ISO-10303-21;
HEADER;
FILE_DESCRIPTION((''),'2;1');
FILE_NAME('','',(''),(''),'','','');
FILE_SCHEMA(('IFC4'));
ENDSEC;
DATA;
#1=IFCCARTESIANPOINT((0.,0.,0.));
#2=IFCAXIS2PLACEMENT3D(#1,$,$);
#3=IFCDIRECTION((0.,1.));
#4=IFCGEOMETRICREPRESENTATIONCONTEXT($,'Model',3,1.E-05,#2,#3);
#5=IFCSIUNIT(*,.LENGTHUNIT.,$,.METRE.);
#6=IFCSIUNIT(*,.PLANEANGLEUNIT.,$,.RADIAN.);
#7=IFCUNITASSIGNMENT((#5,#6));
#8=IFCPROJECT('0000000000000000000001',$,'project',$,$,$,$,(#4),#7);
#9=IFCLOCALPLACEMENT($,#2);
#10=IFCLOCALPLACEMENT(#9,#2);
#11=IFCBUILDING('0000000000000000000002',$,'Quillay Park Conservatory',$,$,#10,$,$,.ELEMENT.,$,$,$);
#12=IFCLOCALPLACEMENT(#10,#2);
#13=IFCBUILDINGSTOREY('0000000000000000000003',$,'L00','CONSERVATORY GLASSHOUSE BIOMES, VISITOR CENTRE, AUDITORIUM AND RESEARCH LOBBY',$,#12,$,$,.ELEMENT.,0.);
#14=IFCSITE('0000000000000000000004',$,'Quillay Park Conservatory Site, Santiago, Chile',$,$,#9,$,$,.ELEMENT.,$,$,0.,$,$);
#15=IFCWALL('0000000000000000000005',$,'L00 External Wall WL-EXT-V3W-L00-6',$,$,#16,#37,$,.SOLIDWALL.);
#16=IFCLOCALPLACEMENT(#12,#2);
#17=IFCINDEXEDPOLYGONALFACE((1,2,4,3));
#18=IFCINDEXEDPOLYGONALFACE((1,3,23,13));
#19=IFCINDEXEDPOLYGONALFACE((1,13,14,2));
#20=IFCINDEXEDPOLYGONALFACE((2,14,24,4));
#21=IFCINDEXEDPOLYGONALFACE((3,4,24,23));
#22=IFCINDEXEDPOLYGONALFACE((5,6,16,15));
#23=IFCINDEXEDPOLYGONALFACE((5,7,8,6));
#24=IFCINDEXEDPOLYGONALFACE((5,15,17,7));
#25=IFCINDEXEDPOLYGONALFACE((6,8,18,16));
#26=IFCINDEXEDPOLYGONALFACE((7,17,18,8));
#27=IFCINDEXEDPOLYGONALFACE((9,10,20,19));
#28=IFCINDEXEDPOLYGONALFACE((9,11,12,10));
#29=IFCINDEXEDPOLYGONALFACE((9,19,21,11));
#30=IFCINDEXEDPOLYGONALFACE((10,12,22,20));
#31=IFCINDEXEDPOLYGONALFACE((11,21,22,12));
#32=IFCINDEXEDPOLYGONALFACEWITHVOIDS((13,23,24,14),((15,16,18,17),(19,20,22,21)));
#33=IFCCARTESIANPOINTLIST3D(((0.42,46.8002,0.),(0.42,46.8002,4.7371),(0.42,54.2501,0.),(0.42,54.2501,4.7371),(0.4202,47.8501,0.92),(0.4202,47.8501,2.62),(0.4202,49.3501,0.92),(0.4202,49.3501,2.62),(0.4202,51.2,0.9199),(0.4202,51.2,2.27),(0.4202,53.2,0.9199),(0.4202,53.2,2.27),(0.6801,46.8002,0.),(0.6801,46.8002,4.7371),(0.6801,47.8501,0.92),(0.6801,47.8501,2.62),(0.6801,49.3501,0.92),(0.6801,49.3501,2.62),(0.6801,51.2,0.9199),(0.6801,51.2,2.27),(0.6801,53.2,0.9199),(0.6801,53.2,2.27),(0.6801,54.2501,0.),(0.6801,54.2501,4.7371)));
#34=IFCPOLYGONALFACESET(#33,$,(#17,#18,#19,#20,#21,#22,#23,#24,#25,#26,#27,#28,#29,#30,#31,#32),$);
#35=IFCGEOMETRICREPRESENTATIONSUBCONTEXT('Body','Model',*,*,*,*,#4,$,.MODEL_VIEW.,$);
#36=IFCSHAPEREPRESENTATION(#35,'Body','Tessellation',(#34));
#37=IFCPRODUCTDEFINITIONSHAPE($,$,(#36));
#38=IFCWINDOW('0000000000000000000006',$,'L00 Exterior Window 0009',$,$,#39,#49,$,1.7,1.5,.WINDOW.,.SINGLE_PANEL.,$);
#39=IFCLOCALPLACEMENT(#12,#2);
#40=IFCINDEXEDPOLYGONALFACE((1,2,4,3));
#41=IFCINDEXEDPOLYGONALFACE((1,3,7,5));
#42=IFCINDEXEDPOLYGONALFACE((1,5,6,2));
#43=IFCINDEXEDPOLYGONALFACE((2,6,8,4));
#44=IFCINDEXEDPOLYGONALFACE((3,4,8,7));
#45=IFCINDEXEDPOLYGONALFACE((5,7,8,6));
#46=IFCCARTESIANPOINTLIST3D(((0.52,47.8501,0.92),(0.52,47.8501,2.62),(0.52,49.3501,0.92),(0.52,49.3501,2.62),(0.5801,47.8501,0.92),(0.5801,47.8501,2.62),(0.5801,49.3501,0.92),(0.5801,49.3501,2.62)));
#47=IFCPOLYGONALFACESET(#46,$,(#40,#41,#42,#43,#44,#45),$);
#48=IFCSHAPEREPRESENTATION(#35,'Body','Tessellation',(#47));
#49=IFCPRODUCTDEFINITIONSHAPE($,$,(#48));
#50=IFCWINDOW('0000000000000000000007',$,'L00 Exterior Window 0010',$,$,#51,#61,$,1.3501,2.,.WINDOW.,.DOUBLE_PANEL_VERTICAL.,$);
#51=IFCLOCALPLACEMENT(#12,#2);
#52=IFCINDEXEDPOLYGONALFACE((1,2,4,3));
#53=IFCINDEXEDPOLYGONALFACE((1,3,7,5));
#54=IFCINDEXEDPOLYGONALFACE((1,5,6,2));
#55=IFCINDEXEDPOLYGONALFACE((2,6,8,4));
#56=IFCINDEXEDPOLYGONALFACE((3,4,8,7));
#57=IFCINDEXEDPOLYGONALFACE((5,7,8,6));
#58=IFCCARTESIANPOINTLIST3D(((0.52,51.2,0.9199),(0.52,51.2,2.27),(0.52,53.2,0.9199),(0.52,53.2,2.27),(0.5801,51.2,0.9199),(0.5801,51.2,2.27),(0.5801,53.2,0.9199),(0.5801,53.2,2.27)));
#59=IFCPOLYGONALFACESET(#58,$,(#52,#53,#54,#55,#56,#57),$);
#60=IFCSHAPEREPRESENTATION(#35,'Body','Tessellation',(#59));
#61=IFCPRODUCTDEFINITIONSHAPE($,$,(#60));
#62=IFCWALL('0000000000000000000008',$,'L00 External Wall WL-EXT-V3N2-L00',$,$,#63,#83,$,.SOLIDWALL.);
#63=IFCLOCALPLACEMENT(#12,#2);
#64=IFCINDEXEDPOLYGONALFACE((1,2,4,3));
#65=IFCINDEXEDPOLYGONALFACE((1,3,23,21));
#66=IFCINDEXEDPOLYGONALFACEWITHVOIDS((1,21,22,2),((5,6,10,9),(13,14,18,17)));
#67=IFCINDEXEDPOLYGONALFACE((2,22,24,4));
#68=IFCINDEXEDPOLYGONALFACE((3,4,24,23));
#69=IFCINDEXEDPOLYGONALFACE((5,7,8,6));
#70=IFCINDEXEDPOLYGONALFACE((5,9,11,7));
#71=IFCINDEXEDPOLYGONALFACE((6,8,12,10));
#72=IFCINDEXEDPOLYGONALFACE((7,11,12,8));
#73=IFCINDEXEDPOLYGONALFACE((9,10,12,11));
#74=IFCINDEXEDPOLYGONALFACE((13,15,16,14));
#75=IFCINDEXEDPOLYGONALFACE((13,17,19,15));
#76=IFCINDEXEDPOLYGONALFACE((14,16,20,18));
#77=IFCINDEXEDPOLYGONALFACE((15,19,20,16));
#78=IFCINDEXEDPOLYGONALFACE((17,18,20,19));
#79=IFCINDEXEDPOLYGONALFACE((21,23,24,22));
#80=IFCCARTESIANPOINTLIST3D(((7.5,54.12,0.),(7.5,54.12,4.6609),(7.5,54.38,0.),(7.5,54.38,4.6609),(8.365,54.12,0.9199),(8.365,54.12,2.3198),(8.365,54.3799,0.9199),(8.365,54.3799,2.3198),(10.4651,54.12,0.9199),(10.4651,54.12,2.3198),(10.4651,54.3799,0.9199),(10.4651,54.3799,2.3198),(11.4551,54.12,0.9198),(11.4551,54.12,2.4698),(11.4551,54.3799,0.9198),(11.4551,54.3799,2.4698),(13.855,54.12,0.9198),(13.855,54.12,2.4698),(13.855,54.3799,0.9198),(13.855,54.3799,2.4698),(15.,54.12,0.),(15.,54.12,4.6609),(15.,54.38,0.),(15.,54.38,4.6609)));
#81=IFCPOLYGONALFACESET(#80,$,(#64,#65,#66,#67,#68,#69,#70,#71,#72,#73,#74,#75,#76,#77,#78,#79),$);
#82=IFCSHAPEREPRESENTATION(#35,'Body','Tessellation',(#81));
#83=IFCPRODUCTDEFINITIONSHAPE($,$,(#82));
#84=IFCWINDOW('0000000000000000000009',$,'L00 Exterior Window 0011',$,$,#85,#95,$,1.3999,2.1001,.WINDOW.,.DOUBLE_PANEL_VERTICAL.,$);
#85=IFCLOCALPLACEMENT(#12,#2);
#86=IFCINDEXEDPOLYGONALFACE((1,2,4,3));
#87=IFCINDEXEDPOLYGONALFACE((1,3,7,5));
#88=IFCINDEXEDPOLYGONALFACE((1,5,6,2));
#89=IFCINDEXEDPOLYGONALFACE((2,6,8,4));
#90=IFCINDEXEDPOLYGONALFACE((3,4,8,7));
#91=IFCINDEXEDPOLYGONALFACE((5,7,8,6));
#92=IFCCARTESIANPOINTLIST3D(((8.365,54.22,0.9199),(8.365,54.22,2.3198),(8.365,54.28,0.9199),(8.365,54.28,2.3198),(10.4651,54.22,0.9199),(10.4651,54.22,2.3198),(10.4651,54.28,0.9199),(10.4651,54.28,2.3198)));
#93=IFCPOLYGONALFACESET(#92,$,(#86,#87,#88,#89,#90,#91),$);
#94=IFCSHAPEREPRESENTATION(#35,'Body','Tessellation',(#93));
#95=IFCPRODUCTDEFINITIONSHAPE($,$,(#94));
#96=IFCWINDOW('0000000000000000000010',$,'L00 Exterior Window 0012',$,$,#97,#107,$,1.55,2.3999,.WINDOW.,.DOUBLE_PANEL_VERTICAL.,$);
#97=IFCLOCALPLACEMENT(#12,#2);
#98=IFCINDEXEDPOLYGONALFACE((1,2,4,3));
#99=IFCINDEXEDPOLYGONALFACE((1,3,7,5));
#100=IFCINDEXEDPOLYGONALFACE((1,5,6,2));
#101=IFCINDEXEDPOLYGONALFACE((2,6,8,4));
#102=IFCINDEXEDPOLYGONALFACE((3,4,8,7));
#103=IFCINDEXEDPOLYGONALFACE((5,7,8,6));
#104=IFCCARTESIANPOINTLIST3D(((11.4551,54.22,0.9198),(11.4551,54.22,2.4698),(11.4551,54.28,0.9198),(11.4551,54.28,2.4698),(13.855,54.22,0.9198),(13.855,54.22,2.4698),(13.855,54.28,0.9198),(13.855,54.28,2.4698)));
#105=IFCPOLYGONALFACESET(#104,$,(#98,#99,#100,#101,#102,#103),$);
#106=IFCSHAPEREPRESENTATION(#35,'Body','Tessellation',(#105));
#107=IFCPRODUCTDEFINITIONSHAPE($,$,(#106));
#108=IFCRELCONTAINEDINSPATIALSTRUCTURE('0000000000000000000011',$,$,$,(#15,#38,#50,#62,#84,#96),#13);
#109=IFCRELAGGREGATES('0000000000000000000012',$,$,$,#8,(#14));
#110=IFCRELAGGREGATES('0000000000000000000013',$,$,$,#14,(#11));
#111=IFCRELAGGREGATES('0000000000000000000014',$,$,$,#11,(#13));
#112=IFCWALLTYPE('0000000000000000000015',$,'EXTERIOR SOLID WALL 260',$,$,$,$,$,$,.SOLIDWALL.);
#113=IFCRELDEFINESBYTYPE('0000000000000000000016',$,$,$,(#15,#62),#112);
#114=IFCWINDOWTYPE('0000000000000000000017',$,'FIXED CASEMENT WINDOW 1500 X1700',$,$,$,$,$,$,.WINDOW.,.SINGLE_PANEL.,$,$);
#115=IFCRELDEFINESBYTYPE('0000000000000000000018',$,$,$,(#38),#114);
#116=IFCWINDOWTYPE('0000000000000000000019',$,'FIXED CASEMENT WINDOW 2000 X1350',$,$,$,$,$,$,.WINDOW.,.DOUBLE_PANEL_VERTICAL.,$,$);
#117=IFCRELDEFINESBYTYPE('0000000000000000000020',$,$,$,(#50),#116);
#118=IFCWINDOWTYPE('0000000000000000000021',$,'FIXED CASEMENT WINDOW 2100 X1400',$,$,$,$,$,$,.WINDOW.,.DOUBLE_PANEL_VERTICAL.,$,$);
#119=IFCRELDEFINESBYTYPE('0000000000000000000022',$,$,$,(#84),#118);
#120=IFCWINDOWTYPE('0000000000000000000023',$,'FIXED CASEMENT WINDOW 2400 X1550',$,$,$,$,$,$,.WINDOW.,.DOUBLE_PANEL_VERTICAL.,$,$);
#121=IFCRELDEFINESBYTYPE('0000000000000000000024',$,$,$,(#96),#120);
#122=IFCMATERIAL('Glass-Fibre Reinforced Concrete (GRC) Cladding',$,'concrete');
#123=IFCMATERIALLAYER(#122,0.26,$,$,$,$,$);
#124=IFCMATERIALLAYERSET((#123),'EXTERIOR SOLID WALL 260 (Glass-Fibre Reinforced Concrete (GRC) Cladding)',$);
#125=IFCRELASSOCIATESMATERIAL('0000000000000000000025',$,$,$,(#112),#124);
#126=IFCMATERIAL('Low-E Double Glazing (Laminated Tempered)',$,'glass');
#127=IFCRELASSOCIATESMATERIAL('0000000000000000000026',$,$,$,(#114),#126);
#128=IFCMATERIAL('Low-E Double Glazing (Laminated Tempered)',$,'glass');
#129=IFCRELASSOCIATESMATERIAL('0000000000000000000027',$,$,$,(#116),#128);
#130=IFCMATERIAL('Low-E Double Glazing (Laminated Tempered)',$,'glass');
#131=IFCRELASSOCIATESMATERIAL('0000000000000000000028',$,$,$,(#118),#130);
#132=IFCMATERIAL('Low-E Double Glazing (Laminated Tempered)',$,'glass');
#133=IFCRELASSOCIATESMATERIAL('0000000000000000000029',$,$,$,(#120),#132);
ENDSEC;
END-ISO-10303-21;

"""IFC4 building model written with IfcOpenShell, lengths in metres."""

from ifc_helpers import new_model, si_unit, direction, frame, frame_2d, origin, place, context, subcontext, project, spatial, rectangle, extrude, material, layer, layer_set, type_object, element, fill, save


model = new_model("IFC4")

# Units and contexts
model_context = context("Model", 3, precision=1e-05, world=origin(), true_north=direction((0.0, 1.0)))
body_context = subcontext(model_context, "Body", "Model", "MODEL_VIEW")
ifc_project = project(units=[si_unit("LENGTHUNIT", "METRE"), si_unit("PLANEANGLEUNIT", "RADIAN")], contexts=[model_context])

# Site, building, storey
site_placement = place(None, origin())
site = spatial("IfcSite", under=ifc_project, at=site_placement, Name="Quillay Park Conservatory Site, Santiago, Chile", CompositionType="ELEMENT", RefElevation=0.0)
building_placement = place(site_placement, origin())
building = spatial("IfcBuilding", under=site, at=building_placement, Name="Quillay Park Conservatory", CompositionType="ELEMENT")
storey_placement = place(building_placement, origin())
storey = spatial("IfcBuildingStorey", under=building, at=storey_placement, Name="L00", Description="CONSERVATORY GLASSHOUSE BIOMES, VISITOR CENTRE, AUDITORIUM AND RESEARCH LOBBY", CompositionType="ELEMENT", Elevation=0.0)

# Wall, openings, windows
ifc_material_1 = material(Name="Glass-Fibre Reinforced Concrete (GRC) Cladding", Category="concrete")
ifc_layer_1 = layer(ifc_material_1, 0.26)
ifc_layer_set_1 = layer_set([ifc_layer_1], Name="EXTERIOR SOLID WALL 260 (Glass-Fibre Reinforced Concrete (GRC) Cladding)")
wall_type = type_object("IfcWallType", Name="EXTERIOR SOLID WALL 260", PredefinedType="SOLIDWALL", material=ifc_layer_set_1)
wall_1_placement = place(storey_placement, frame((0.55, 46.8, 0.0), z_axis=(0.0, 0.0, 1.0), x_axis=(0.0, 1.0, 0.0)))
wall_1 = element("IfcWall", 1, at=wall_1_placement, inside=storey, type_object=wall_type, Name="L00 External Wall WL-EXT-V3W-L00-6", PredefinedType="SOLIDWALL", context=body_context, shape_type="SweptSolid", body=[
    extrude(rectangle(XDim=7.45, YDim=0.26, at=frame_2d((3.7251, 0.0))), origin(), (0.0, 0.0, 1.0), 4.7371),
])
opening_1_placement = place(wall_1_placement, frame((1.05, 0.0, 0.9199)))
opening_1 = element("IfcOpeningElement", 2, at=opening_1_placement, cuts=wall_1, PredefinedType="OPENING", context=body_context, shape_type="SweptSolid", body=[
    extrude(rectangle(XDim=1.5, YDim=1.7, at=frame_2d((0.75, 0.8501))), frame((0.0, 0.1299, 0.0), z_axis=(0.0, -1.0, 0.0), x_axis=(1.0, 0.0, 0.0)), (0.0, 0.0, 1.0), 0.26),
])
opening_2_placement = place(wall_1_placement, frame((4.3999, 0.0, 0.9199)))
opening_2 = element("IfcOpeningElement", 3, at=opening_2_placement, cuts=wall_1, PredefinedType="OPENING", context=body_context, shape_type="SweptSolid", body=[
    extrude(rectangle(XDim=2.0, YDim=1.3501, at=frame_2d((1.0, 0.675))), frame((0.0, 0.1299, 0.0), z_axis=(0.0, -1.0, 0.0), x_axis=(1.0, 0.0, 0.0)), (0.0, 0.0, 1.0), 0.26),
])
ifc_material_2 = material(Name="Low-E Double Glazing (Laminated Tempered)", Category="glass")
window_type_1 = type_object("IfcWindowType", Name="FIXED CASEMENT WINDOW 1500 X1700", PartitioningType="SINGLE_PANEL", PredefinedType="WINDOW", material=ifc_material_2)
window_1_placement = place(opening_1_placement, origin())
window_1 = element("IfcWindow", 4, at=window_1_placement, inside=storey, type_object=window_type_1, Name="L00 Exterior Window 0009", OverallHeight=1.7, OverallWidth=1.5, PartitioningType="SINGLE_PANEL", PredefinedType="WINDOW", context=body_context, shape_type="SweptSolid", body=[
    extrude(rectangle(XDim=1.5, YDim=1.7, at=frame_2d((0.75, 0.8501))), frame((0.0, 0.03, 0.0), z_axis=(0.0, -1.0, 0.0), x_axis=(1.0, 0.0, 0.0)), (0.0, 0.0, 1.0), 0.0601),
])
fill(opening_1, window_1)
ifc_material_3 = material(Name="Low-E Double Glazing (Laminated Tempered)", Category="glass")
window_type_2 = type_object("IfcWindowType", Name="FIXED CASEMENT WINDOW 2000 X1350", PartitioningType="DOUBLE_PANEL_VERTICAL", PredefinedType="WINDOW", material=ifc_material_3)
window_2_placement = place(opening_2_placement, origin())
window_2 = element("IfcWindow", 5, at=window_2_placement, inside=storey, type_object=window_type_2, Name="L00 Exterior Window 0010", OverallHeight=1.3501, OverallWidth=2.0, PartitioningType="DOUBLE_PANEL_VERTICAL", PredefinedType="WINDOW", context=body_context, shape_type="SweptSolid", body=[
    extrude(rectangle(XDim=2.0, YDim=1.3501, at=frame_2d((1.0, 0.675))), frame((0.0, 0.03, 0.0), z_axis=(0.0, -1.0, 0.0), x_axis=(1.0, 0.0, 0.0)), (0.0, 0.0, 1.0), 0.0601),
])
fill(opening_2, window_2)

# Wall, openings, windows
wall_2_placement = place(storey_placement, frame((7.5, 54.25, 0.0), z_axis=(0.0, 0.0, 1.0), x_axis=(1.0, 0.0, 0.0)))
wall_2 = element("IfcWall", 6, at=wall_2_placement, inside=storey, type_object=wall_type, Name="L00 External Wall WL-EXT-V3N2-L00", PredefinedType="SOLIDWALL", context=body_context, shape_type="SweptSolid", body=[
    extrude(rectangle(XDim=7.5, YDim=0.26, at=frame_2d((3.75, 0.0))), origin(), (0.0, 0.0, 1.0), 4.6609),
])
opening_3_placement = place(wall_2_placement, frame((0.865, 0.0, 0.9199)))
opening_3 = element("IfcOpeningElement", 7, at=opening_3_placement, cuts=wall_2, PredefinedType="OPENING", context=body_context, shape_type="SweptSolid", body=[
    extrude(rectangle(XDim=2.1001, YDim=1.3999, at=frame_2d((1.05, 0.7))), frame((0.0, 0.1299, 0.0), z_axis=(0.0, -1.0, 0.0), x_axis=(1.0, 0.0, 0.0)), (0.0, 0.0, 1.0), 0.26),
])
opening_4_placement = place(wall_2_placement, frame((3.9551, 0.0, 0.9199)))
opening_4 = element("IfcOpeningElement", 8, at=opening_4_placement, cuts=wall_2, PredefinedType="OPENING", context=body_context, shape_type="SweptSolid", body=[
    extrude(rectangle(XDim=2.3999, YDim=1.55, at=frame_2d((1.2, 0.7749))), frame((0.0, 0.1299, 0.0), z_axis=(0.0, -1.0, 0.0), x_axis=(1.0, 0.0, 0.0)), (0.0, 0.0, 1.0), 0.26),
])
ifc_material_4 = material(Name="Low-E Double Glazing (Laminated Tempered)", Category="glass")
window_type_3 = type_object("IfcWindowType", Name="FIXED CASEMENT WINDOW 2100 X1400", PartitioningType="DOUBLE_PANEL_VERTICAL", PredefinedType="WINDOW", material=ifc_material_4)
window_3_placement = place(opening_3_placement, origin())
window_3 = element("IfcWindow", 9, at=window_3_placement, inside=storey, type_object=window_type_3, Name="L00 Exterior Window 0011", OverallHeight=1.3999, OverallWidth=2.1001, PartitioningType="DOUBLE_PANEL_VERTICAL", PredefinedType="WINDOW", context=body_context, shape_type="SweptSolid", body=[
    extrude(rectangle(XDim=2.1001, YDim=1.3999, at=frame_2d((1.05, 0.7))), frame((0.0, 0.03, 0.0), z_axis=(0.0, -1.0, 0.0), x_axis=(1.0, 0.0, 0.0)), (0.0, 0.0, 1.0), 0.0601),
])
fill(opening_3, window_3)
ifc_material_5 = material(Name="Low-E Double Glazing (Laminated Tempered)", Category="glass")
window_type_4 = type_object("IfcWindowType", Name="FIXED CASEMENT WINDOW 2400 X1550", PartitioningType="DOUBLE_PANEL_VERTICAL", PredefinedType="WINDOW", material=ifc_material_5)
window_4_placement = place(opening_4_placement, origin())
window_4 = element("IfcWindow", 10, at=window_4_placement, inside=storey, type_object=window_type_4, Name="L00 Exterior Window 0012", OverallHeight=1.55, OverallWidth=2.3999, PartitioningType="DOUBLE_PANEL_VERTICAL", PredefinedType="WINDOW", context=body_context, shape_type="SweptSolid", body=[
    extrude(rectangle(XDim=2.3999, YDim=1.55, at=frame_2d((1.2, 0.7749))), frame((0.0, 0.03, 0.0), z_axis=(0.0, -1.0, 0.0), x_axis=(1.0, 0.0, 0.0)), (0.0, 0.0, 1.0), 0.0601),
])
fill(opening_4, window_4)

save(model, "model.ifc")
